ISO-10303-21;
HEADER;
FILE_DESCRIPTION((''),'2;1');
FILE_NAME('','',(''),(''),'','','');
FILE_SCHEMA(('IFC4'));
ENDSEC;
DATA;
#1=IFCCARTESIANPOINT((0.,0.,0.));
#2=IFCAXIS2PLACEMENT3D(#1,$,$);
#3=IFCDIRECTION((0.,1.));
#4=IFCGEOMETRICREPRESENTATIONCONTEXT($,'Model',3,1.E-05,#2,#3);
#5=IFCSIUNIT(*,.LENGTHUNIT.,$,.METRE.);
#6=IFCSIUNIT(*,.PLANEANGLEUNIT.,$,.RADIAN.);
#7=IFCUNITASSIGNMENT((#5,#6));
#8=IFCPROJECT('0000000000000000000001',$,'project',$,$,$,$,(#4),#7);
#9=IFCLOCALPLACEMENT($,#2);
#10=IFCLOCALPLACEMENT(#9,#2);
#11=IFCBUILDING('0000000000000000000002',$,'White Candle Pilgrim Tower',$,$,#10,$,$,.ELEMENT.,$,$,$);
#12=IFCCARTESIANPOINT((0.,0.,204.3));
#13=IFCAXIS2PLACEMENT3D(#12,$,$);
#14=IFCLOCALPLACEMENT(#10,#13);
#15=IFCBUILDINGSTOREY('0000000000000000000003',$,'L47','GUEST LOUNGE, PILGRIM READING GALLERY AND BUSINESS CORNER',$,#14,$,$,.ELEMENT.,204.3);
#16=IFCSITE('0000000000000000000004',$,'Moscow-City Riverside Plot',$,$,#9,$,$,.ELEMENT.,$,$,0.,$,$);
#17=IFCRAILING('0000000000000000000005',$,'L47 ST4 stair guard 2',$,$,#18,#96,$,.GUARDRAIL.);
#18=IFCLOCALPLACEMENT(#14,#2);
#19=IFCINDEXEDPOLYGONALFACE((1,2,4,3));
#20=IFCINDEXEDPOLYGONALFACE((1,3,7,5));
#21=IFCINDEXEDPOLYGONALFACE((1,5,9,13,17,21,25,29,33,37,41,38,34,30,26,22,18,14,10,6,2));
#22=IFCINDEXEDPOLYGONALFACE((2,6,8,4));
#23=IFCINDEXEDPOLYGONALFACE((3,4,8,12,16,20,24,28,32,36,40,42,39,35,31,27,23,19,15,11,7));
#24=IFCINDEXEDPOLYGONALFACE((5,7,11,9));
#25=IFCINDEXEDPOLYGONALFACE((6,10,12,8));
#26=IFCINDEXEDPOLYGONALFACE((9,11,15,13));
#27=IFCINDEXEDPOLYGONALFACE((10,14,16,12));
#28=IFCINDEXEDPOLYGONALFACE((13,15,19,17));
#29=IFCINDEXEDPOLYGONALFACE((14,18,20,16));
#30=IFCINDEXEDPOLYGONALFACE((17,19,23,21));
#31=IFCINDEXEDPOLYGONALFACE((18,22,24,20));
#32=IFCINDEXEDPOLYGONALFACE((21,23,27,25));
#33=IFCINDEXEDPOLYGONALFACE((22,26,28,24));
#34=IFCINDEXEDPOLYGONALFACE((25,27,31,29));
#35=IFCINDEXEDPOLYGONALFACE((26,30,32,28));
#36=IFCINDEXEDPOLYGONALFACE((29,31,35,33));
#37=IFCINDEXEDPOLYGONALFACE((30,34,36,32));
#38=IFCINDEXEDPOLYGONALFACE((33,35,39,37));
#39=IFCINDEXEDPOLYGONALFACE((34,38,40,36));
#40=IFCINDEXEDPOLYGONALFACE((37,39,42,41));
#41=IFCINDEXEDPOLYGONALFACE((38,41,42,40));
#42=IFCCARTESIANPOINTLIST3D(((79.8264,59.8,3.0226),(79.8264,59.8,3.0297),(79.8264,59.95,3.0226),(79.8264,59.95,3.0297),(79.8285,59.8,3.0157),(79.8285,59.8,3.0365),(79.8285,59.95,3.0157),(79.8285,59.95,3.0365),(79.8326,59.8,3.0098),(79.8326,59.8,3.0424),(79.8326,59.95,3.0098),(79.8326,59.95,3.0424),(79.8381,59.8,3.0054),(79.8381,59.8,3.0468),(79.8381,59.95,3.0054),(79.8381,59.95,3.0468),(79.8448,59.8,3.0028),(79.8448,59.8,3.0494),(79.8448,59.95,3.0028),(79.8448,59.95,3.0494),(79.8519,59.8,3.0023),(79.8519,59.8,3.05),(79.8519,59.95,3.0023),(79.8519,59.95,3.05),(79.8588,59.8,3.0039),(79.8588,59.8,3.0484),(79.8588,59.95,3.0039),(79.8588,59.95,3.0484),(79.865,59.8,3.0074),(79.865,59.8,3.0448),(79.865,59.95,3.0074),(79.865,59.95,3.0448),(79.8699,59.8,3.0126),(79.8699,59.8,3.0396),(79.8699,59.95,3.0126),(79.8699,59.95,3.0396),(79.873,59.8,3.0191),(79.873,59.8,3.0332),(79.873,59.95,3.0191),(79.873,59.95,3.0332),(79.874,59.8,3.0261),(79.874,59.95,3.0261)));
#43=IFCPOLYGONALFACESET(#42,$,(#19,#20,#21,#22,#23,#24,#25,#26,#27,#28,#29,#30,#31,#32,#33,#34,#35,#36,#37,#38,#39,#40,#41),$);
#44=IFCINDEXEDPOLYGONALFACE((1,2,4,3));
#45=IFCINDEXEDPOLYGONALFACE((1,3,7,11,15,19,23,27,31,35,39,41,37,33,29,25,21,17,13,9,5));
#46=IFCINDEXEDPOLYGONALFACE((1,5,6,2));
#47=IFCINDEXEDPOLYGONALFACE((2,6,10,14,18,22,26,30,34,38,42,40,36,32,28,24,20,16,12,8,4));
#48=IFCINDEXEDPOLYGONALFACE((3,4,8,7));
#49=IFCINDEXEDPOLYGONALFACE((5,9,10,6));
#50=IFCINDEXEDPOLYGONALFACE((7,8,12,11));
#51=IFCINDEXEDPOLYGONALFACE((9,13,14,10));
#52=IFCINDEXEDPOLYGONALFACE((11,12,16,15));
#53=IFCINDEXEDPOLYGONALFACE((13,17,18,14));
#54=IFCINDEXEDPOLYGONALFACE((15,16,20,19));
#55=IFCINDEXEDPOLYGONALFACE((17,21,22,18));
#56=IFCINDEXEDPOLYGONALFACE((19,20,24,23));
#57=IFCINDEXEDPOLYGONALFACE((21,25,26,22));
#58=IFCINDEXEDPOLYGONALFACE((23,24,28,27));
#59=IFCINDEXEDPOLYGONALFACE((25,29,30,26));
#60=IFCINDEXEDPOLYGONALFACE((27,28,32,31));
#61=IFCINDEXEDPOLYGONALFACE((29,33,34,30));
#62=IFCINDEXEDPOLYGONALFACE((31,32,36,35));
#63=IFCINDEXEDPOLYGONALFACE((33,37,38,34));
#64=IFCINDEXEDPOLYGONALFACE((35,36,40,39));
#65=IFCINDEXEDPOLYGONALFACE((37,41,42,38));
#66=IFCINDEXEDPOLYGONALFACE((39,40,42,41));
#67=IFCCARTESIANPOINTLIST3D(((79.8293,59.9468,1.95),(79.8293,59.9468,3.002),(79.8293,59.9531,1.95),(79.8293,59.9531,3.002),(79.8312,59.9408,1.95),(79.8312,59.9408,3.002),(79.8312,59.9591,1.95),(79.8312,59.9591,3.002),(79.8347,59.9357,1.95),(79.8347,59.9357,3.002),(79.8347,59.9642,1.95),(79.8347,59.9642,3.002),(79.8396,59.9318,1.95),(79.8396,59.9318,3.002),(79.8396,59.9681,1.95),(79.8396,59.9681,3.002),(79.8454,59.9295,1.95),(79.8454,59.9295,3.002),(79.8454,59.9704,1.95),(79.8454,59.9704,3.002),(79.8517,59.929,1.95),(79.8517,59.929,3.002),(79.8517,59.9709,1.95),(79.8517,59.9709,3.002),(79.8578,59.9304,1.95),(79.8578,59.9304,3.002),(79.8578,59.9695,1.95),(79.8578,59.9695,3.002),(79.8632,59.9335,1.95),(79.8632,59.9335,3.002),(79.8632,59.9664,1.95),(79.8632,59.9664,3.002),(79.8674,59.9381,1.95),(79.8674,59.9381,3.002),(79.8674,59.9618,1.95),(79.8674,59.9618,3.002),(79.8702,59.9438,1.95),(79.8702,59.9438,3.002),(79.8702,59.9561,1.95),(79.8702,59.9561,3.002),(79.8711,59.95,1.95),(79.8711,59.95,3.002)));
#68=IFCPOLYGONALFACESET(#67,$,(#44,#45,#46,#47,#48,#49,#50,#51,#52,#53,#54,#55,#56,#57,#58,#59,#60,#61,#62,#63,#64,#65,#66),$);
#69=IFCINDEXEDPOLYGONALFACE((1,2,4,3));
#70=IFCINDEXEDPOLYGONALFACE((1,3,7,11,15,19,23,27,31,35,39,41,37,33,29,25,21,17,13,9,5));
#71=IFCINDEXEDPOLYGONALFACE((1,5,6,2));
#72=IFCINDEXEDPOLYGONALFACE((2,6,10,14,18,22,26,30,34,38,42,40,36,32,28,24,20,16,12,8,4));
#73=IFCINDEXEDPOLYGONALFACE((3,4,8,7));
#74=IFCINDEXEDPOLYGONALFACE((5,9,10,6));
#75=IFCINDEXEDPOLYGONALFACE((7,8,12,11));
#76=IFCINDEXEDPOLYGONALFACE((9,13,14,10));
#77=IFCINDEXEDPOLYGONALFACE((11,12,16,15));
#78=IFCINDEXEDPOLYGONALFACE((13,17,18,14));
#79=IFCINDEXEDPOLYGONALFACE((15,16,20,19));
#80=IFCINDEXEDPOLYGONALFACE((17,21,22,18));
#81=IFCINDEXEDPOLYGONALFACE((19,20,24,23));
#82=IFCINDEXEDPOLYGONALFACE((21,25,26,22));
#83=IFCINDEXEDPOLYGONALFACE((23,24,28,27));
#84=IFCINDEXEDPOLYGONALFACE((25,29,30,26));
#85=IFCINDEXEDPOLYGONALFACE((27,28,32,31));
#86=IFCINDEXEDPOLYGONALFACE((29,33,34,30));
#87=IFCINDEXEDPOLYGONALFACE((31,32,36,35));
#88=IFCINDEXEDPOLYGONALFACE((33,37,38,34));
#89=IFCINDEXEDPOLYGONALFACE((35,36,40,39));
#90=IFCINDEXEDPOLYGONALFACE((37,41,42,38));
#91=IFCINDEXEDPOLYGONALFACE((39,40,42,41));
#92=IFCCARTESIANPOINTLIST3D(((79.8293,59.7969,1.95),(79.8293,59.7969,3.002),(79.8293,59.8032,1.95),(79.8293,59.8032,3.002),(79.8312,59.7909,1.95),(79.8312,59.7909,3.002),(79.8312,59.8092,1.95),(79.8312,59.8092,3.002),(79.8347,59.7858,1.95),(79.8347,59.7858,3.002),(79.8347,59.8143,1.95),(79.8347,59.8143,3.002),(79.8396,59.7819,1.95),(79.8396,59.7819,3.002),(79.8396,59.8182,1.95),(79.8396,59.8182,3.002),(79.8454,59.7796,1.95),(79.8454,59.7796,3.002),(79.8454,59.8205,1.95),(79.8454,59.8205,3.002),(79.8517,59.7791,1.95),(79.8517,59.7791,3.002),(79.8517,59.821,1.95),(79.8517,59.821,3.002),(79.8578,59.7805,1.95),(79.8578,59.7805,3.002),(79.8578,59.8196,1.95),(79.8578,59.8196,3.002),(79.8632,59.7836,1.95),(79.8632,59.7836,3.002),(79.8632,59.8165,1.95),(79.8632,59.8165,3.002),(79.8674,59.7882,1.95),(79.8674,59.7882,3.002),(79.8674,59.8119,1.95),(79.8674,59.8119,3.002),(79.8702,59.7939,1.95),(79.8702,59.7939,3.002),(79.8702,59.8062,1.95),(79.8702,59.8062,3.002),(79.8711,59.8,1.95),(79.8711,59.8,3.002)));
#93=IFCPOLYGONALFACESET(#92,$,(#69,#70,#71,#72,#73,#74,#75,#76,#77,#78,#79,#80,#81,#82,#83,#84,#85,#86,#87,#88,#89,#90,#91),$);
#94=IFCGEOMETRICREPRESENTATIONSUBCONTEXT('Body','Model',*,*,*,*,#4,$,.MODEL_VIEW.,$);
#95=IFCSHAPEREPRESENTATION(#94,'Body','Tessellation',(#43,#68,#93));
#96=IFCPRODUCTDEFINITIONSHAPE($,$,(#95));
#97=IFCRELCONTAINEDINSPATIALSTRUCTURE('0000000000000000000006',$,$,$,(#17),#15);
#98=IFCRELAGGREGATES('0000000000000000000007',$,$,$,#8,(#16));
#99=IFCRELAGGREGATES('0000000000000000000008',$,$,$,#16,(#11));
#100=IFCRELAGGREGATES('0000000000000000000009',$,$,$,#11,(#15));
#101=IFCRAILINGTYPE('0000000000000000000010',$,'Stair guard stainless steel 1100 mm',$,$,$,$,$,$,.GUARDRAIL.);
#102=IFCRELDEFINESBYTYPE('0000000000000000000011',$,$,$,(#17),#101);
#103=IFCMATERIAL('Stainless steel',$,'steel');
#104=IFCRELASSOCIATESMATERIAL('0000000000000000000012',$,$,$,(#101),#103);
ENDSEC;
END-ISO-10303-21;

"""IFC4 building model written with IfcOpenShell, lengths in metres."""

from ifc_helpers import new_model, si_unit, direction, frame, origin, origin_2d, place, context, subcontext, project, spatial, circle, extrude, material, type_object, element, save


model = new_model("IFC4")

# Units and contexts
model_context = context("Model", 3, precision=1e-05, world=origin(), true_north=direction((0.0, 1.0)))
body_context = subcontext(model_context, "Body", "Model", "MODEL_VIEW")
ifc_project = project(units=[si_unit("LENGTHUNIT", "METRE"), si_unit("PLANEANGLEUNIT", "RADIAN")], contexts=[model_context])

# Site, building, storey
site_placement = place(None, origin())
site = spatial("IfcSite", under=ifc_project, at=site_placement, Name="Moscow-City Riverside Plot", CompositionType="ELEMENT", RefElevation=0.0)
building_placement = place(site_placement, origin())
building = spatial("IfcBuilding", under=site, at=building_placement, Name="White Candle Pilgrim Tower", CompositionType="ELEMENT")
storey_placement = place(building_placement, frame((0.0, 0.0, 204.3)))
storey = spatial("IfcBuildingStorey", under=building, at=storey_placement, Name="L47", Description="GUEST LOUNGE, PILGRIM READING GALLERY AND BUSINESS CORNER", CompositionType="ELEMENT", Elevation=204.3)

# Railing
ifc_material_1 = material(Name="Stainless steel", Category="steel")
railing_type_1 = type_object("IfcRailingType", Name="Stair guard stainless steel 1100 mm", PredefinedType="GUARDRAIL", material=ifc_material_1)
railing_1_placement = place(storey_placement, frame((79.8501, 59.95, 1.95)))
element("IfcRailing", 1, at=railing_1_placement, inside=storey, type_object=railing_type_1, Name="L47 ST4 stair guard 2", PredefinedType="GUARDRAIL", context=body_context, shape_type="SweptSolid", body=[
    extrude(circle(Radius=0.0239, at=origin_2d()), frame((0.0, 0.0, 1.0762), z_axis=(0.0, -1.0, 0.0), x_axis=(1.0, 0.0, 0.0)), (0.0, 0.0, 1.0), 0.1499),
    extrude(circle(Radius=0.021, at=origin_2d()), origin(), (0.0, 0.0, 1.0), 1.052),
    extrude(circle(Radius=0.021, at=origin_2d()), frame((0.0, -0.1499, 0.0)), (0.0, 0.0, 1.0), 1.052),
])

save(model, "model.ifc")
